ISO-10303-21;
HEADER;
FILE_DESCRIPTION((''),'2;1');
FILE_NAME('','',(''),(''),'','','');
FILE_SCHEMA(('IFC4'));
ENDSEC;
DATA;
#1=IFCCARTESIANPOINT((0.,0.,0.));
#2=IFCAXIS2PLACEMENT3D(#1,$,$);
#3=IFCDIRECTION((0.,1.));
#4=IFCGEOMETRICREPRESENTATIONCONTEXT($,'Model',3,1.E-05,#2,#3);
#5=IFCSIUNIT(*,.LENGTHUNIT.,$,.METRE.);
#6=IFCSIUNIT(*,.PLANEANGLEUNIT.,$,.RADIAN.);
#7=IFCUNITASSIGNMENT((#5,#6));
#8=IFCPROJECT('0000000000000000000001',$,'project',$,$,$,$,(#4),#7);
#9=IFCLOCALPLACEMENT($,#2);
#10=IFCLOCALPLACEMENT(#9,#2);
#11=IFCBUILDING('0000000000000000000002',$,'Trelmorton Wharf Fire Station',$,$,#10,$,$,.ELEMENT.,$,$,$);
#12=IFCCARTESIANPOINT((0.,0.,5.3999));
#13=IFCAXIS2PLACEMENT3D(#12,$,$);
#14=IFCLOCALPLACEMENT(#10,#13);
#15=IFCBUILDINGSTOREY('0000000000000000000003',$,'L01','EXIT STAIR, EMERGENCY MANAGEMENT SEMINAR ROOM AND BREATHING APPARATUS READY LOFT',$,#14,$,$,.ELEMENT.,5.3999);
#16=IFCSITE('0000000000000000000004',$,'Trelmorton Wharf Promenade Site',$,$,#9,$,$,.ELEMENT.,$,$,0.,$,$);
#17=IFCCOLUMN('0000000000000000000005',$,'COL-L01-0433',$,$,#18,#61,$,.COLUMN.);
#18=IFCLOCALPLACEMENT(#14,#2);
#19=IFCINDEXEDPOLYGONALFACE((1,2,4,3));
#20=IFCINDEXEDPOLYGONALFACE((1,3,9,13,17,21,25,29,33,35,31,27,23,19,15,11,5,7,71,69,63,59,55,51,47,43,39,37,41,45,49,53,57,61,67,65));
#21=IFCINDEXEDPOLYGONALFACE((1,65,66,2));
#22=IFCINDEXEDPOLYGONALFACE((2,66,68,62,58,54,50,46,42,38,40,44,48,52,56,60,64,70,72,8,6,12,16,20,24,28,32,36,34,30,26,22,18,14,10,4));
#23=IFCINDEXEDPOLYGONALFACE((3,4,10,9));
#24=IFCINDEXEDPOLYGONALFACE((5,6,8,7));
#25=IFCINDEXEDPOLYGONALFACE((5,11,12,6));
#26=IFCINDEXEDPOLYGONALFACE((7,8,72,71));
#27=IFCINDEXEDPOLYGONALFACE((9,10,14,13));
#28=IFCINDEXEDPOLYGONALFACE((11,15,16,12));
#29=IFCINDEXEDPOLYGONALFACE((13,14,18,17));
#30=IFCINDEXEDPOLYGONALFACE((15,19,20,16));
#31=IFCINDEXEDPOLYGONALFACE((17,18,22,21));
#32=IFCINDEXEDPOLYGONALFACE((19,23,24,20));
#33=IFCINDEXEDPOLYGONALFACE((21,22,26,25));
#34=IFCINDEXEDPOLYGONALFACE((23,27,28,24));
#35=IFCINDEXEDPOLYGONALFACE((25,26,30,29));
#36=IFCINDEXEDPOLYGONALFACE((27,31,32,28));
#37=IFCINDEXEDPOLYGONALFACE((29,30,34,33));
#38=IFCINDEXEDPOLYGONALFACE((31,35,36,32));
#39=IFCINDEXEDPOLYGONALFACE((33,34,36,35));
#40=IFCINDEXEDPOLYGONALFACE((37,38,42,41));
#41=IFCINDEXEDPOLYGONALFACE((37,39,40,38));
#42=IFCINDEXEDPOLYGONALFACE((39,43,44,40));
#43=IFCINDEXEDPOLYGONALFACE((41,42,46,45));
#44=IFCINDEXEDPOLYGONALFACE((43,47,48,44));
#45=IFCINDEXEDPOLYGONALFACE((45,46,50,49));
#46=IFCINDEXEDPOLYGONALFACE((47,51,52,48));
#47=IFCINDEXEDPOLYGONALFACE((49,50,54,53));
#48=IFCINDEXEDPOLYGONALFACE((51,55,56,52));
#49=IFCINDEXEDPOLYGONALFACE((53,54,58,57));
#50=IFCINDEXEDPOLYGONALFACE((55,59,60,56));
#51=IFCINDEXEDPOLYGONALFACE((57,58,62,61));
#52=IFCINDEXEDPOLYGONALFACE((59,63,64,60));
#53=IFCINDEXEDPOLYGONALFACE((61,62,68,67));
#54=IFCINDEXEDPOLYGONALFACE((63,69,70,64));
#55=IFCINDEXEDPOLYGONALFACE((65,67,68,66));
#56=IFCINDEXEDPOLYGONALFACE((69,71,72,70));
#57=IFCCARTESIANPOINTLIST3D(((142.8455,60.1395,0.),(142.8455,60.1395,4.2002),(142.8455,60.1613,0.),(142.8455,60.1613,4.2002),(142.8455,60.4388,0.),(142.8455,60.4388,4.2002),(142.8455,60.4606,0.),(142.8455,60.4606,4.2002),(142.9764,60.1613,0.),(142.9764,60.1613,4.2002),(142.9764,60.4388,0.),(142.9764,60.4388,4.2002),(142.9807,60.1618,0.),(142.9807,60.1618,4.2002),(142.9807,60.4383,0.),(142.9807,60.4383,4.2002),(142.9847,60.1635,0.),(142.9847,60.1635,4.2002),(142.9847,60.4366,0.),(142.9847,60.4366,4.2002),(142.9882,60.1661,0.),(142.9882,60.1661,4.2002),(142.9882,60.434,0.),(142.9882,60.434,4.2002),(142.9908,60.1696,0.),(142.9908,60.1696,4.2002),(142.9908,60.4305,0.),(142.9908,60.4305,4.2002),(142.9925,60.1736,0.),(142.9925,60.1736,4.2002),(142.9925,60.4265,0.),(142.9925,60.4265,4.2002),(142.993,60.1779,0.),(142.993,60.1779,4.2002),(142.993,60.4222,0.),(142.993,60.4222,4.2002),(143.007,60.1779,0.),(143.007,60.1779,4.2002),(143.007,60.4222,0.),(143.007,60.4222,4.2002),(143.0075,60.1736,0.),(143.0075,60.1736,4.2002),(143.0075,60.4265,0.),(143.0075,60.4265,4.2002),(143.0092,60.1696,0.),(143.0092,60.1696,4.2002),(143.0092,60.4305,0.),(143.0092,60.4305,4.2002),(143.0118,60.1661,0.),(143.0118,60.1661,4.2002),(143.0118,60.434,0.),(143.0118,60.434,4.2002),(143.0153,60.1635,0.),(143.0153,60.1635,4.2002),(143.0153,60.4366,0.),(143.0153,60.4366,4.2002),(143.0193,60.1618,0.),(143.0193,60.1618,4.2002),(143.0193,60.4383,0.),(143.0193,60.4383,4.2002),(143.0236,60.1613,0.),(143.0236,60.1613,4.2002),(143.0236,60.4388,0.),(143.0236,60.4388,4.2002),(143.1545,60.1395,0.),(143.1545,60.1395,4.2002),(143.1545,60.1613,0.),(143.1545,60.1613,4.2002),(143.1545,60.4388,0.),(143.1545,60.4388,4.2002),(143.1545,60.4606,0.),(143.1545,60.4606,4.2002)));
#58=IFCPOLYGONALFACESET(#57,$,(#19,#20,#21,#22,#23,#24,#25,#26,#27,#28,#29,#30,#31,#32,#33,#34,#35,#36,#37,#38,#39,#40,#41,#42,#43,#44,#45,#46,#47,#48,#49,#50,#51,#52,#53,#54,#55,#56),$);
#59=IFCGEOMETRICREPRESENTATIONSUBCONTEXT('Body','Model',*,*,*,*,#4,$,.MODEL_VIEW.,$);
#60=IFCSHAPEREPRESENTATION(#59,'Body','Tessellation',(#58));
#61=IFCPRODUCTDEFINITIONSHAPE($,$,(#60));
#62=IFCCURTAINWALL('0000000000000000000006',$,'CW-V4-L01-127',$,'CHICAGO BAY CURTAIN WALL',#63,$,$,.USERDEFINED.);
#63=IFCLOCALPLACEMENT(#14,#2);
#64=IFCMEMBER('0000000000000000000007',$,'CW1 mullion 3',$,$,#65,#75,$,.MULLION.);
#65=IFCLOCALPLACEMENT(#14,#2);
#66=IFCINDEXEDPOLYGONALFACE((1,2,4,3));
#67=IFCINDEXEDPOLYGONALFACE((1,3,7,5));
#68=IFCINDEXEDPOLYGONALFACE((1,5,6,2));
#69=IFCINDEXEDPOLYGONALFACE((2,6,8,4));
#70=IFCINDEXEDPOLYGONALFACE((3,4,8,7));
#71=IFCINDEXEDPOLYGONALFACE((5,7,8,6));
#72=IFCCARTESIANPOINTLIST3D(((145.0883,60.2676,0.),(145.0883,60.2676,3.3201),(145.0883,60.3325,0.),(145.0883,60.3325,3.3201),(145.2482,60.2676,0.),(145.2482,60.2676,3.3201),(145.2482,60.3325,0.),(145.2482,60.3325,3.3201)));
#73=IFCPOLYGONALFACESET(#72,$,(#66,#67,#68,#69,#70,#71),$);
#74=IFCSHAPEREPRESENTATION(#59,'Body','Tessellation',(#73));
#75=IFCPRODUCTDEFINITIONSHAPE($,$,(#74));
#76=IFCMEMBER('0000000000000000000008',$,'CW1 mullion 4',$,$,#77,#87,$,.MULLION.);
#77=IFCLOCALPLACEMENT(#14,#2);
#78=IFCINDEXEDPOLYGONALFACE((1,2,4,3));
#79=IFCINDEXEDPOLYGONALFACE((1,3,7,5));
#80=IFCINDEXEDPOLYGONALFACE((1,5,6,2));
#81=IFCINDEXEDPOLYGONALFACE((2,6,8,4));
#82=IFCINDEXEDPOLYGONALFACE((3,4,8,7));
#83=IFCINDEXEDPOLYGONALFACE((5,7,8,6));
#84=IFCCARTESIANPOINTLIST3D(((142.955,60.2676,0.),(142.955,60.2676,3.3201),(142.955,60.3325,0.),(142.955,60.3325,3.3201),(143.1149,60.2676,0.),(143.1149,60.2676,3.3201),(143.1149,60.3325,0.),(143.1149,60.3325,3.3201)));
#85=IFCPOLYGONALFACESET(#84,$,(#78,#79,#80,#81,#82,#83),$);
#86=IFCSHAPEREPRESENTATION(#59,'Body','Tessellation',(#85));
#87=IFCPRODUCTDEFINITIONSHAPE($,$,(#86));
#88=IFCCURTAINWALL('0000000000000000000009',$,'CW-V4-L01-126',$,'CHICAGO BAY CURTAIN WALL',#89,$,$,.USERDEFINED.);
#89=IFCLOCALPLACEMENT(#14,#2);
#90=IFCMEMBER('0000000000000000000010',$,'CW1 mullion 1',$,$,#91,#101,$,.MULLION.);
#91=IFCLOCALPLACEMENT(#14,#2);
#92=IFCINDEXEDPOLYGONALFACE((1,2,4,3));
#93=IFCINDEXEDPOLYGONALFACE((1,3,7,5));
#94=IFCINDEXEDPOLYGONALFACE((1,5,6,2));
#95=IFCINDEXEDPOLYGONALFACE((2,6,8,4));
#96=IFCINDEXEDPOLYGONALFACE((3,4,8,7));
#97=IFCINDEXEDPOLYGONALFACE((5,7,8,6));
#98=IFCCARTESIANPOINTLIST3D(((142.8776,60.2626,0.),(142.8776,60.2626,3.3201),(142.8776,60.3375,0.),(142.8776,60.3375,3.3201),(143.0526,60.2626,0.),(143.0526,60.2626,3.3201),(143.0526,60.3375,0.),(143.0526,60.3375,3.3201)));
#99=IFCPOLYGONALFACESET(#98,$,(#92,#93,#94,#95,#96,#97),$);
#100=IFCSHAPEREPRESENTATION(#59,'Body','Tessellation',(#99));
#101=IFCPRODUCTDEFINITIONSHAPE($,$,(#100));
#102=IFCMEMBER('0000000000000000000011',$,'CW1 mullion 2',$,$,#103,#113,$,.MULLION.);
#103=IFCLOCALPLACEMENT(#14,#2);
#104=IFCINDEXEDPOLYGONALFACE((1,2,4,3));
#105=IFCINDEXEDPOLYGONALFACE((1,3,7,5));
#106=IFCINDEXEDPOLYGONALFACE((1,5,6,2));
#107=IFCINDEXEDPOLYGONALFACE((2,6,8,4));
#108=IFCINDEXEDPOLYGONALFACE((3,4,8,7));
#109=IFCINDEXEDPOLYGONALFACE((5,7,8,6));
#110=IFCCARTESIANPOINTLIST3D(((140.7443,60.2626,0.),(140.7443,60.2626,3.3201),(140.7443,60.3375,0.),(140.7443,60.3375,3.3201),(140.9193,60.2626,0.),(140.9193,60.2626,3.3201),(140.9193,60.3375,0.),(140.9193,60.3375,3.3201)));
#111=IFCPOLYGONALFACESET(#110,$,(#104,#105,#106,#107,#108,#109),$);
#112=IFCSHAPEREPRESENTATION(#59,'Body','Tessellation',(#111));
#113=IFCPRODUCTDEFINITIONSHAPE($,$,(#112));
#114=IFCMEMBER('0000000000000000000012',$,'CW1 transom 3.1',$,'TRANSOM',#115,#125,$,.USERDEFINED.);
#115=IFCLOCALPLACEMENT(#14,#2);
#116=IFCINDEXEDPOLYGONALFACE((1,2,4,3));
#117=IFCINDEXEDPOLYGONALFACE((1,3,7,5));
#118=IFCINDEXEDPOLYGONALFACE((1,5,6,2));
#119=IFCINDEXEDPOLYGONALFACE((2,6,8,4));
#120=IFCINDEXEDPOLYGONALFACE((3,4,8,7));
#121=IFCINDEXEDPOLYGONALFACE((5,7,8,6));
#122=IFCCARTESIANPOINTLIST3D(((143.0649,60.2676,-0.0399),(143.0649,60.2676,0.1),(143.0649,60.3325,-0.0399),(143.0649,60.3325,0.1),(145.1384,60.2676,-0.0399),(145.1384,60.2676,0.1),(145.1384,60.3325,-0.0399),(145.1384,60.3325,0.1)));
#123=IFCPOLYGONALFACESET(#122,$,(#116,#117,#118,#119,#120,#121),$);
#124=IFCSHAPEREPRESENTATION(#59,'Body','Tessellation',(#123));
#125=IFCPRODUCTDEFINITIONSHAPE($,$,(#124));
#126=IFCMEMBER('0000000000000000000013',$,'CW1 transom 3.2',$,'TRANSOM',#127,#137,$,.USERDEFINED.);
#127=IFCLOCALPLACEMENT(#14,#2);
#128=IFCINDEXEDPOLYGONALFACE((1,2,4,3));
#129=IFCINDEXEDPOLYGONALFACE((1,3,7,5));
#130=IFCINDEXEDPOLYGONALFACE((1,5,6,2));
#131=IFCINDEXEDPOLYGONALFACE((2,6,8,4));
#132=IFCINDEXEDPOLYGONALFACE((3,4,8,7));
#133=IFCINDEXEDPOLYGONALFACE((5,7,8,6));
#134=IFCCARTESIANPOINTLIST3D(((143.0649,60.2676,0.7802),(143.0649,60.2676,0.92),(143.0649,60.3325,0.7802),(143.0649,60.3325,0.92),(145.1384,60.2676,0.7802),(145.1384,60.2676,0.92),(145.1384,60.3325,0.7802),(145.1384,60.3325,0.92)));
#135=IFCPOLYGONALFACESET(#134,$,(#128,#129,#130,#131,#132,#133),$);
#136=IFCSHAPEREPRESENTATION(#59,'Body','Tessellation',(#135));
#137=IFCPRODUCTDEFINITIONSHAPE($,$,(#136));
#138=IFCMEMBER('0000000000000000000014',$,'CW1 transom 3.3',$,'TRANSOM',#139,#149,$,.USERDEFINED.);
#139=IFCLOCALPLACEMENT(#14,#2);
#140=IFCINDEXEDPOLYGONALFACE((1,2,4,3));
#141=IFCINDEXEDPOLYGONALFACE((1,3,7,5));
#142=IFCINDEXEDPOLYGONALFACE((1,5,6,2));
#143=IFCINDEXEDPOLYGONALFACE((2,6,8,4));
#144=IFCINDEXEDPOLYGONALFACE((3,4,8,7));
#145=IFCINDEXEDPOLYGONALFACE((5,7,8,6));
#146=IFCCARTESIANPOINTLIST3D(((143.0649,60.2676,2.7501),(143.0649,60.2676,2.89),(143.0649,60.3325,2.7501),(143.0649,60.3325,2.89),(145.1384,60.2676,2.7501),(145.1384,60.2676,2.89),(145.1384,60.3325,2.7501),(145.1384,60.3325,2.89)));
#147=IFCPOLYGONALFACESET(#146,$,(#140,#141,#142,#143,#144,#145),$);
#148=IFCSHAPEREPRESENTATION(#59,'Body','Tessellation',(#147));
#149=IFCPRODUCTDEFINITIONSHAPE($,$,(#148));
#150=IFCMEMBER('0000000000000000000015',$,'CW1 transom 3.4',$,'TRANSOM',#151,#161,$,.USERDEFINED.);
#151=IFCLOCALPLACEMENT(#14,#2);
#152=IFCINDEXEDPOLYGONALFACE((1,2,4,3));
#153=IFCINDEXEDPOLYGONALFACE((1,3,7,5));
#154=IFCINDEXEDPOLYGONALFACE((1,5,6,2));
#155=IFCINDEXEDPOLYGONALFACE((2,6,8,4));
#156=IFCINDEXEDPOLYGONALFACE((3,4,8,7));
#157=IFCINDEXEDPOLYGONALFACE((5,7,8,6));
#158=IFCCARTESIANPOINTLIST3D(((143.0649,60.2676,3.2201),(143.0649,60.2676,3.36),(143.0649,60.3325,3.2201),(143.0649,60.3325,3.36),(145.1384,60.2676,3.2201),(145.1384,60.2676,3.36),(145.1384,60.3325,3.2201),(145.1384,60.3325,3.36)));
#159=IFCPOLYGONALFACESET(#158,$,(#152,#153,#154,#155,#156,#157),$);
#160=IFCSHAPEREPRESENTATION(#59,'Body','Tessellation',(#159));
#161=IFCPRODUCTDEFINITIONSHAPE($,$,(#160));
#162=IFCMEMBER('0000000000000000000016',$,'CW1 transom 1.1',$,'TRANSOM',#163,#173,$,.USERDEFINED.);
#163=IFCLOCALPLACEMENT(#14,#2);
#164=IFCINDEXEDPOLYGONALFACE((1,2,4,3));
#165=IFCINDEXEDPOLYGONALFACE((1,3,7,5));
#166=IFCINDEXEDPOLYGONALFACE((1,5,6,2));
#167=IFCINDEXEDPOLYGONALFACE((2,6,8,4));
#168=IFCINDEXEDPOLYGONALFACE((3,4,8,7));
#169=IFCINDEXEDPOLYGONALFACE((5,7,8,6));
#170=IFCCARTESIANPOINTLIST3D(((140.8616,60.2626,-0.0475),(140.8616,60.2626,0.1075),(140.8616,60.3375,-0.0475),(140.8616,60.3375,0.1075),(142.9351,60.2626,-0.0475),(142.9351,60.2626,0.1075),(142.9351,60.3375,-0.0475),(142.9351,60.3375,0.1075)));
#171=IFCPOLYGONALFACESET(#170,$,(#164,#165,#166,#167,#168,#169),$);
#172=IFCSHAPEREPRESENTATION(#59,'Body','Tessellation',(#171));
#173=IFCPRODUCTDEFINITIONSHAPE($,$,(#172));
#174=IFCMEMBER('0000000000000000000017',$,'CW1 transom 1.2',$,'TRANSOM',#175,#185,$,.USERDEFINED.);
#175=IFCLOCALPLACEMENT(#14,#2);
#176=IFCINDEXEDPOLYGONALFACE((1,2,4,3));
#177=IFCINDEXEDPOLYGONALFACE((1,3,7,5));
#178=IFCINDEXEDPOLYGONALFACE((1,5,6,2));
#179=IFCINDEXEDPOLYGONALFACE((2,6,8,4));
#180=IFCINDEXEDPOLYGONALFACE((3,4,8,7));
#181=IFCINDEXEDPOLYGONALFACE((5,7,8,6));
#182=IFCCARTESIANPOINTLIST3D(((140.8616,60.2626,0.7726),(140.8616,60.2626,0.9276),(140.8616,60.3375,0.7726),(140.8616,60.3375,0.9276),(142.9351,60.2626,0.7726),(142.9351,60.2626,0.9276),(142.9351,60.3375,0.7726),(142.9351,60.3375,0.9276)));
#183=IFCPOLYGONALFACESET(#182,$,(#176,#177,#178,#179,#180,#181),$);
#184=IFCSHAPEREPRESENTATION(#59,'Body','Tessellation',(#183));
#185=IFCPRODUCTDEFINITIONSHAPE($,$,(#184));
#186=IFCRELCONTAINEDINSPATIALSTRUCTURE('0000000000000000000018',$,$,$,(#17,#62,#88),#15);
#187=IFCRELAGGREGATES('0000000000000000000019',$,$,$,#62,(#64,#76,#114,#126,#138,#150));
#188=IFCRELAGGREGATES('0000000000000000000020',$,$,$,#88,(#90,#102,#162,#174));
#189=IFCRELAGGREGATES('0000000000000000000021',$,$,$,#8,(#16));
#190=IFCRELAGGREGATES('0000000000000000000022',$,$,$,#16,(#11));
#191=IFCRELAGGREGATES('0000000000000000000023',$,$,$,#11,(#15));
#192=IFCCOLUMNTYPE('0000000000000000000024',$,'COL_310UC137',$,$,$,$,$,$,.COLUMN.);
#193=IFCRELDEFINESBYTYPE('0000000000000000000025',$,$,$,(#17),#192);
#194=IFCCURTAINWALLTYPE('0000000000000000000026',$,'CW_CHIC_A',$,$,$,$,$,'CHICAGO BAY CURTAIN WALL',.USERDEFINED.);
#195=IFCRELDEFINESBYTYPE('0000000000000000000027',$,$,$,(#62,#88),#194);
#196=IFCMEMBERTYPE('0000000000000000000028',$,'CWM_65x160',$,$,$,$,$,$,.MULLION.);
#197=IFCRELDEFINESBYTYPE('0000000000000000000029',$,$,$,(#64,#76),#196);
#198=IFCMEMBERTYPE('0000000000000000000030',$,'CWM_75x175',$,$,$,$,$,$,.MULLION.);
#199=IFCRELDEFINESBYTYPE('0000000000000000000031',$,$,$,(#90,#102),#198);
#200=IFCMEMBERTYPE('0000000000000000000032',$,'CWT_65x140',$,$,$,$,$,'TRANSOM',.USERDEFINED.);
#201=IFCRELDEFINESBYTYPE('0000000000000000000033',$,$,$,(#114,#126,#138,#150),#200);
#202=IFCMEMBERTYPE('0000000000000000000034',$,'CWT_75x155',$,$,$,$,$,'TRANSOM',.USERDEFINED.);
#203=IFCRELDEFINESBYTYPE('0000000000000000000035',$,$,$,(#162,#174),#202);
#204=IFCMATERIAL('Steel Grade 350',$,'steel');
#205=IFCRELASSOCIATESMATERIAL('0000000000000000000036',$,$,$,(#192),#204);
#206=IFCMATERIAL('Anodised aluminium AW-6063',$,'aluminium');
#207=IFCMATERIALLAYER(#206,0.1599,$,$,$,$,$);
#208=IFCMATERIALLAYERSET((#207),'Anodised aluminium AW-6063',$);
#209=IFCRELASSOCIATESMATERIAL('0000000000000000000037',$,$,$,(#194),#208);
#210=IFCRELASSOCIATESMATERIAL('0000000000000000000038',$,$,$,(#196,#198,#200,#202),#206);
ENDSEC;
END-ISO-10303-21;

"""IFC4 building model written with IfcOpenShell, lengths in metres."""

from ifc_helpers import new_model, si_unit, direction, frame, origin, origin_2d, place, context, subcontext, project, spatial, rectangle, i_section, extrude, material, layer, layer_set, material_profile, profile_set, type_object, element, aggregate, save


model = new_model("IFC4")

# Units and contexts
model_context = context("Model", 3, precision=1e-05, world=origin(), true_north=direction((0.0, 1.0)))
body_context = subcontext(model_context, "Body", "Model", "MODEL_VIEW")
ifc_project = project(units=[si_unit("LENGTHUNIT", "METRE"), si_unit("PLANEANGLEUNIT", "RADIAN")], contexts=[model_context])

# Site, building, storey
site_placement = place(None, origin())
site = spatial("IfcSite", under=ifc_project, at=site_placement, Name="Trelmorton Wharf Promenade Site", CompositionType="ELEMENT", RefElevation=0.0)
building_placement = place(site_placement, origin())
building = spatial("IfcBuilding", under=site, at=building_placement, Name="Trelmorton Wharf Fire Station", CompositionType="ELEMENT")
storey_placement = place(building_placement, frame((0.0, 0.0, 5.3999)))
storey = spatial("IfcBuildingStorey", under=building, at=storey_placement, Name="L01", Description="EXIT STAIR, EMERGENCY MANAGEMENT SEMINAR ROOM AND BREATHING APPARATUS READY LOFT", CompositionType="ELEMENT", Elevation=5.3999)

# Column
ifc_material_1 = material(Name="Steel Grade 350", Category="steel")
ifc_material_profile_1 = material_profile(ifc_material_1, i_section(OverallWidth=0.3091, OverallDepth=0.321, WebThickness=0.0139, FlangeThickness=0.0217, FilletRadius=0.0166, at=origin_2d()), Name="310UC137")
ifc_profile_set_1 = profile_set([ifc_material_profile_1], Name="Steel Grade 350")
column_type = type_object("IfcColumnType", Name="COL_310UC137", PredefinedType="COLUMN", material=ifc_profile_set_1)
column_placement = place(storey_placement, frame((143.0, 60.3, 0.0), z_axis=(0.0, 0.0, 1.0), x_axis=(1.0, 0.0, 0.0)))
element("IfcColumn", 1, at=column_placement, inside=storey, type_object=column_type, Name="COL-L01-0433", PredefinedType="COLUMN", context=body_context, shape_type="SweptSolid", body=[
    extrude(i_section(OverallWidth=0.3091, OverallDepth=0.321, WebThickness=0.0139, FlangeThickness=0.0217, FilletRadius=0.0166, at=origin_2d()), origin(), (0.0, 0.0, 1.0), 4.2002),
])

# Curtain walls, members
ifc_material_2 = material(Name="Anodised aluminium AW-6063", Category="aluminium")
ifc_layer_1 = layer(ifc_material_2, 0.1599)
ifc_layer_set_1 = layer_set([ifc_layer_1], Name="Anodised aluminium AW-6063")
curtain_wall_type = type_object("IfcCurtainWallType", Name="CW_CHIC_A", ElementType="CHICAGO BAY CURTAIN WALL", PredefinedType="USERDEFINED", material=ifc_layer_set_1)
curtain_wall_1_placement = place(storey_placement, origin())
curtain_wall_1 = element("IfcCurtainWall", 2, at=curtain_wall_1_placement, inside=storey, type_object=curtain_wall_type, Name="CW-V4-L01-127", ObjectType="CHICAGO BAY CURTAIN WALL", PredefinedType="USERDEFINED")
ifc_material_profile_2 = material_profile(ifc_material_2, rectangle(XDim=0.0649, YDim=0.1599, at=origin_2d()), Name="ALU-65x160")
ifc_profile_set_2 = profile_set([ifc_material_profile_2], Name="Anodised aluminium AW-6063")
member_type_1 = type_object("IfcMemberType", Name="CWM_65x160", PredefinedType="MULLION", material=ifc_profile_set_2)
member_1_placement = place(storey_placement, frame((145.1682, 60.3, 0.0), z_axis=(0.0, 0.0, 1.0), x_axis=(0.0, -1.0, 0.0)))
member_1 = element("IfcMember", 3, at=member_1_placement, type_object=member_type_1, Name="CW1 mullion 3", PredefinedType="MULLION", context=body_context, shape_type="SweptSolid", body=[
    extrude(rectangle(XDim=0.0649, YDim=0.1599, at=origin_2d()), origin(), (0.0, 0.0, 1.0), 3.3201),
])
member_2_placement = place(storey_placement, frame((143.0349, 60.3, 0.0), z_axis=(0.0, 0.0, 1.0), x_axis=(0.0, -1.0, 0.0)))
member_2 = element("IfcMember", 4, at=member_2_placement, type_object=member_type_1, Name="CW1 mullion 4", PredefinedType="MULLION", context=body_context, shape_type="SweptSolid", body=[
    extrude(rectangle(XDim=0.0649, YDim=0.1599, at=origin_2d()), origin(), (0.0, 0.0, 1.0), 3.3201),
])
curtain_wall_2_placement = place(storey_placement, origin())
curtain_wall_2 = element("IfcCurtainWall", 5, at=curtain_wall_2_placement, inside=storey, type_object=curtain_wall_type, Name="CW-V4-L01-126", ObjectType="CHICAGO BAY CURTAIN WALL", PredefinedType="USERDEFINED")
ifc_material_profile_3 = material_profile(ifc_material_2, rectangle(XDim=0.075, YDim=0.175, at=origin_2d()), Name="ALU-75x175")
ifc_profile_set_3 = profile_set([ifc_material_profile_3], Name="Anodised aluminium AW-6063")
member_type_2 = type_object("IfcMemberType", Name="CWM_75x175", PredefinedType="MULLION", material=ifc_profile_set_3)
member_3_placement = place(storey_placement, frame((142.9651, 60.3, 0.0), z_axis=(0.0, 0.0, 1.0), x_axis=(0.0, -1.0, 0.0)))
member_3 = element("IfcMember", 6, at=member_3_placement, type_object=member_type_2, Name="CW1 mullion 1", PredefinedType="MULLION", context=body_context, shape_type="SweptSolid", body=[
    extrude(rectangle(XDim=0.075, YDim=0.175, at=origin_2d()), origin(), (0.0, 0.0, 1.0), 3.3201),
])
member_4_placement = place(storey_placement, frame((140.8318, 60.3, 0.0), z_axis=(0.0, 0.0, 1.0), x_axis=(0.0, -1.0, 0.0)))
member_4 = element("IfcMember", 7, at=member_4_placement, type_object=member_type_2, Name="CW1 mullion 2", PredefinedType="MULLION", context=body_context, shape_type="SweptSolid", body=[
    extrude(rectangle(XDim=0.075, YDim=0.175, at=origin_2d()), origin(), (0.0, 0.0, 1.0), 3.3201),
])

# Members
ifc_material_profile_4 = material_profile(ifc_material_2, rectangle(XDim=0.0649, YDim=0.1399, at=origin_2d()), Name="ALU-65x140")
ifc_profile_set_4 = profile_set([ifc_material_profile_4], Name="Anodised aluminium AW-6063")
member_type_3 = type_object("IfcMemberType", Name="CWT_65x140", ElementType="TRANSOM", PredefinedType="USERDEFINED", material=ifc_profile_set_4)
member_5_placement = place(storey_placement, frame((145.1384, 60.3, 0.03), z_axis=(-1.0, 0.0, 0.0), x_axis=(0.0, -1.0, 0.0)))
member_5 = element("IfcMember", 8, at=member_5_placement, type_object=member_type_3, Name="CW1 transom 3.1", ObjectType="TRANSOM", PredefinedType="USERDEFINED", context=body_context, shape_type="SweptSolid", body=[
    extrude(rectangle(XDim=0.0649, YDim=0.1399, at=origin_2d()), origin(), (0.0, 0.0, 1.0), 2.0735),
])
member_6_placement = place(storey_placement, frame((145.1384, 60.3, 0.8501), z_axis=(-1.0, 0.0, 0.0), x_axis=(0.0, -1.0, 0.0)))
member_6 = element("IfcMember", 9, at=member_6_placement, type_object=member_type_3, Name="CW1 transom 3.2", ObjectType="TRANSOM", PredefinedType="USERDEFINED", context=body_context, shape_type="SweptSolid", body=[
    extrude(rectangle(XDim=0.0649, YDim=0.1399, at=origin_2d()), origin(), (0.0, 0.0, 1.0), 2.0735),
])
member_7_placement = place(storey_placement, frame((145.1384, 60.3, 2.8201), z_axis=(-1.0, 0.0, 0.0), x_axis=(0.0, -1.0, 0.0)))
member_7 = element("IfcMember", 10, at=member_7_placement, type_object=member_type_3, Name="CW1 transom 3.3", ObjectType="TRANSOM", PredefinedType="USERDEFINED", context=body_context, shape_type="SweptSolid", body=[
    extrude(rectangle(XDim=0.0649, YDim=0.1399, at=origin_2d()), origin(), (0.0, 0.0, 1.0), 2.0735),
])
member_8_placement = place(storey_placement, frame((145.1384, 60.3, 3.29), z_axis=(-1.0, 0.0, 0.0), x_axis=(0.0, -1.0, 0.0)))
member_8 = element("IfcMember", 11, at=member_8_placement, type_object=member_type_3, Name="CW1 transom 3.4", ObjectType="TRANSOM", PredefinedType="USERDEFINED", context=body_context, shape_type="SweptSolid", body=[
    extrude(rectangle(XDim=0.0649, YDim=0.1399, at=origin_2d()), origin(), (0.0, 0.0, 1.0), 2.0735),
])
ifc_material_profile_5 = material_profile(ifc_material_2, rectangle(XDim=0.075, YDim=0.155, at=origin_2d()), Name="ALU-75x155")
ifc_profile_set_5 = profile_set([ifc_material_profile_5], Name="Anodised aluminium AW-6063")
member_type_4 = type_object("IfcMemberType", Name="CWT_75x155", ElementType="TRANSOM", PredefinedType="USERDEFINED", material=ifc_profile_set_5)
member_9_placement = place(storey_placement, frame((142.9351, 60.3, 0.03), z_axis=(-1.0, 0.0, 0.0), x_axis=(0.0, -1.0, 0.0)))
member_9 = element("IfcMember", 12, at=member_9_placement, type_object=member_type_4, Name="CW1 transom 1.1", ObjectType="TRANSOM", PredefinedType="USERDEFINED", context=body_context, shape_type="SweptSolid", body=[
    extrude(rectangle(XDim=0.075, YDim=0.155, at=origin_2d()), origin(), (0.0, 0.0, 1.0), 2.0735),
])
member_10_placement = place(storey_placement, frame((142.9351, 60.3, 0.8501), z_axis=(-1.0, 0.0, 0.0), x_axis=(0.0, -1.0, 0.0)))
member_10 = element("IfcMember", 13, at=member_10_placement, type_object=member_type_4, Name="CW1 transom 1.2", ObjectType="TRANSOM", PredefinedType="USERDEFINED", context=body_context, shape_type="SweptSolid", body=[
    extrude(rectangle(XDim=0.075, YDim=0.155, at=origin_2d()), origin(), (0.0, 0.0, 1.0), 2.0735),
])

aggregate(curtain_wall_1, [member_1, member_2, member_5, member_6, member_7, member_8])
aggregate(curtain_wall_2, [member_3, member_4, member_9, member_10])

save(model, "model.ifc")
